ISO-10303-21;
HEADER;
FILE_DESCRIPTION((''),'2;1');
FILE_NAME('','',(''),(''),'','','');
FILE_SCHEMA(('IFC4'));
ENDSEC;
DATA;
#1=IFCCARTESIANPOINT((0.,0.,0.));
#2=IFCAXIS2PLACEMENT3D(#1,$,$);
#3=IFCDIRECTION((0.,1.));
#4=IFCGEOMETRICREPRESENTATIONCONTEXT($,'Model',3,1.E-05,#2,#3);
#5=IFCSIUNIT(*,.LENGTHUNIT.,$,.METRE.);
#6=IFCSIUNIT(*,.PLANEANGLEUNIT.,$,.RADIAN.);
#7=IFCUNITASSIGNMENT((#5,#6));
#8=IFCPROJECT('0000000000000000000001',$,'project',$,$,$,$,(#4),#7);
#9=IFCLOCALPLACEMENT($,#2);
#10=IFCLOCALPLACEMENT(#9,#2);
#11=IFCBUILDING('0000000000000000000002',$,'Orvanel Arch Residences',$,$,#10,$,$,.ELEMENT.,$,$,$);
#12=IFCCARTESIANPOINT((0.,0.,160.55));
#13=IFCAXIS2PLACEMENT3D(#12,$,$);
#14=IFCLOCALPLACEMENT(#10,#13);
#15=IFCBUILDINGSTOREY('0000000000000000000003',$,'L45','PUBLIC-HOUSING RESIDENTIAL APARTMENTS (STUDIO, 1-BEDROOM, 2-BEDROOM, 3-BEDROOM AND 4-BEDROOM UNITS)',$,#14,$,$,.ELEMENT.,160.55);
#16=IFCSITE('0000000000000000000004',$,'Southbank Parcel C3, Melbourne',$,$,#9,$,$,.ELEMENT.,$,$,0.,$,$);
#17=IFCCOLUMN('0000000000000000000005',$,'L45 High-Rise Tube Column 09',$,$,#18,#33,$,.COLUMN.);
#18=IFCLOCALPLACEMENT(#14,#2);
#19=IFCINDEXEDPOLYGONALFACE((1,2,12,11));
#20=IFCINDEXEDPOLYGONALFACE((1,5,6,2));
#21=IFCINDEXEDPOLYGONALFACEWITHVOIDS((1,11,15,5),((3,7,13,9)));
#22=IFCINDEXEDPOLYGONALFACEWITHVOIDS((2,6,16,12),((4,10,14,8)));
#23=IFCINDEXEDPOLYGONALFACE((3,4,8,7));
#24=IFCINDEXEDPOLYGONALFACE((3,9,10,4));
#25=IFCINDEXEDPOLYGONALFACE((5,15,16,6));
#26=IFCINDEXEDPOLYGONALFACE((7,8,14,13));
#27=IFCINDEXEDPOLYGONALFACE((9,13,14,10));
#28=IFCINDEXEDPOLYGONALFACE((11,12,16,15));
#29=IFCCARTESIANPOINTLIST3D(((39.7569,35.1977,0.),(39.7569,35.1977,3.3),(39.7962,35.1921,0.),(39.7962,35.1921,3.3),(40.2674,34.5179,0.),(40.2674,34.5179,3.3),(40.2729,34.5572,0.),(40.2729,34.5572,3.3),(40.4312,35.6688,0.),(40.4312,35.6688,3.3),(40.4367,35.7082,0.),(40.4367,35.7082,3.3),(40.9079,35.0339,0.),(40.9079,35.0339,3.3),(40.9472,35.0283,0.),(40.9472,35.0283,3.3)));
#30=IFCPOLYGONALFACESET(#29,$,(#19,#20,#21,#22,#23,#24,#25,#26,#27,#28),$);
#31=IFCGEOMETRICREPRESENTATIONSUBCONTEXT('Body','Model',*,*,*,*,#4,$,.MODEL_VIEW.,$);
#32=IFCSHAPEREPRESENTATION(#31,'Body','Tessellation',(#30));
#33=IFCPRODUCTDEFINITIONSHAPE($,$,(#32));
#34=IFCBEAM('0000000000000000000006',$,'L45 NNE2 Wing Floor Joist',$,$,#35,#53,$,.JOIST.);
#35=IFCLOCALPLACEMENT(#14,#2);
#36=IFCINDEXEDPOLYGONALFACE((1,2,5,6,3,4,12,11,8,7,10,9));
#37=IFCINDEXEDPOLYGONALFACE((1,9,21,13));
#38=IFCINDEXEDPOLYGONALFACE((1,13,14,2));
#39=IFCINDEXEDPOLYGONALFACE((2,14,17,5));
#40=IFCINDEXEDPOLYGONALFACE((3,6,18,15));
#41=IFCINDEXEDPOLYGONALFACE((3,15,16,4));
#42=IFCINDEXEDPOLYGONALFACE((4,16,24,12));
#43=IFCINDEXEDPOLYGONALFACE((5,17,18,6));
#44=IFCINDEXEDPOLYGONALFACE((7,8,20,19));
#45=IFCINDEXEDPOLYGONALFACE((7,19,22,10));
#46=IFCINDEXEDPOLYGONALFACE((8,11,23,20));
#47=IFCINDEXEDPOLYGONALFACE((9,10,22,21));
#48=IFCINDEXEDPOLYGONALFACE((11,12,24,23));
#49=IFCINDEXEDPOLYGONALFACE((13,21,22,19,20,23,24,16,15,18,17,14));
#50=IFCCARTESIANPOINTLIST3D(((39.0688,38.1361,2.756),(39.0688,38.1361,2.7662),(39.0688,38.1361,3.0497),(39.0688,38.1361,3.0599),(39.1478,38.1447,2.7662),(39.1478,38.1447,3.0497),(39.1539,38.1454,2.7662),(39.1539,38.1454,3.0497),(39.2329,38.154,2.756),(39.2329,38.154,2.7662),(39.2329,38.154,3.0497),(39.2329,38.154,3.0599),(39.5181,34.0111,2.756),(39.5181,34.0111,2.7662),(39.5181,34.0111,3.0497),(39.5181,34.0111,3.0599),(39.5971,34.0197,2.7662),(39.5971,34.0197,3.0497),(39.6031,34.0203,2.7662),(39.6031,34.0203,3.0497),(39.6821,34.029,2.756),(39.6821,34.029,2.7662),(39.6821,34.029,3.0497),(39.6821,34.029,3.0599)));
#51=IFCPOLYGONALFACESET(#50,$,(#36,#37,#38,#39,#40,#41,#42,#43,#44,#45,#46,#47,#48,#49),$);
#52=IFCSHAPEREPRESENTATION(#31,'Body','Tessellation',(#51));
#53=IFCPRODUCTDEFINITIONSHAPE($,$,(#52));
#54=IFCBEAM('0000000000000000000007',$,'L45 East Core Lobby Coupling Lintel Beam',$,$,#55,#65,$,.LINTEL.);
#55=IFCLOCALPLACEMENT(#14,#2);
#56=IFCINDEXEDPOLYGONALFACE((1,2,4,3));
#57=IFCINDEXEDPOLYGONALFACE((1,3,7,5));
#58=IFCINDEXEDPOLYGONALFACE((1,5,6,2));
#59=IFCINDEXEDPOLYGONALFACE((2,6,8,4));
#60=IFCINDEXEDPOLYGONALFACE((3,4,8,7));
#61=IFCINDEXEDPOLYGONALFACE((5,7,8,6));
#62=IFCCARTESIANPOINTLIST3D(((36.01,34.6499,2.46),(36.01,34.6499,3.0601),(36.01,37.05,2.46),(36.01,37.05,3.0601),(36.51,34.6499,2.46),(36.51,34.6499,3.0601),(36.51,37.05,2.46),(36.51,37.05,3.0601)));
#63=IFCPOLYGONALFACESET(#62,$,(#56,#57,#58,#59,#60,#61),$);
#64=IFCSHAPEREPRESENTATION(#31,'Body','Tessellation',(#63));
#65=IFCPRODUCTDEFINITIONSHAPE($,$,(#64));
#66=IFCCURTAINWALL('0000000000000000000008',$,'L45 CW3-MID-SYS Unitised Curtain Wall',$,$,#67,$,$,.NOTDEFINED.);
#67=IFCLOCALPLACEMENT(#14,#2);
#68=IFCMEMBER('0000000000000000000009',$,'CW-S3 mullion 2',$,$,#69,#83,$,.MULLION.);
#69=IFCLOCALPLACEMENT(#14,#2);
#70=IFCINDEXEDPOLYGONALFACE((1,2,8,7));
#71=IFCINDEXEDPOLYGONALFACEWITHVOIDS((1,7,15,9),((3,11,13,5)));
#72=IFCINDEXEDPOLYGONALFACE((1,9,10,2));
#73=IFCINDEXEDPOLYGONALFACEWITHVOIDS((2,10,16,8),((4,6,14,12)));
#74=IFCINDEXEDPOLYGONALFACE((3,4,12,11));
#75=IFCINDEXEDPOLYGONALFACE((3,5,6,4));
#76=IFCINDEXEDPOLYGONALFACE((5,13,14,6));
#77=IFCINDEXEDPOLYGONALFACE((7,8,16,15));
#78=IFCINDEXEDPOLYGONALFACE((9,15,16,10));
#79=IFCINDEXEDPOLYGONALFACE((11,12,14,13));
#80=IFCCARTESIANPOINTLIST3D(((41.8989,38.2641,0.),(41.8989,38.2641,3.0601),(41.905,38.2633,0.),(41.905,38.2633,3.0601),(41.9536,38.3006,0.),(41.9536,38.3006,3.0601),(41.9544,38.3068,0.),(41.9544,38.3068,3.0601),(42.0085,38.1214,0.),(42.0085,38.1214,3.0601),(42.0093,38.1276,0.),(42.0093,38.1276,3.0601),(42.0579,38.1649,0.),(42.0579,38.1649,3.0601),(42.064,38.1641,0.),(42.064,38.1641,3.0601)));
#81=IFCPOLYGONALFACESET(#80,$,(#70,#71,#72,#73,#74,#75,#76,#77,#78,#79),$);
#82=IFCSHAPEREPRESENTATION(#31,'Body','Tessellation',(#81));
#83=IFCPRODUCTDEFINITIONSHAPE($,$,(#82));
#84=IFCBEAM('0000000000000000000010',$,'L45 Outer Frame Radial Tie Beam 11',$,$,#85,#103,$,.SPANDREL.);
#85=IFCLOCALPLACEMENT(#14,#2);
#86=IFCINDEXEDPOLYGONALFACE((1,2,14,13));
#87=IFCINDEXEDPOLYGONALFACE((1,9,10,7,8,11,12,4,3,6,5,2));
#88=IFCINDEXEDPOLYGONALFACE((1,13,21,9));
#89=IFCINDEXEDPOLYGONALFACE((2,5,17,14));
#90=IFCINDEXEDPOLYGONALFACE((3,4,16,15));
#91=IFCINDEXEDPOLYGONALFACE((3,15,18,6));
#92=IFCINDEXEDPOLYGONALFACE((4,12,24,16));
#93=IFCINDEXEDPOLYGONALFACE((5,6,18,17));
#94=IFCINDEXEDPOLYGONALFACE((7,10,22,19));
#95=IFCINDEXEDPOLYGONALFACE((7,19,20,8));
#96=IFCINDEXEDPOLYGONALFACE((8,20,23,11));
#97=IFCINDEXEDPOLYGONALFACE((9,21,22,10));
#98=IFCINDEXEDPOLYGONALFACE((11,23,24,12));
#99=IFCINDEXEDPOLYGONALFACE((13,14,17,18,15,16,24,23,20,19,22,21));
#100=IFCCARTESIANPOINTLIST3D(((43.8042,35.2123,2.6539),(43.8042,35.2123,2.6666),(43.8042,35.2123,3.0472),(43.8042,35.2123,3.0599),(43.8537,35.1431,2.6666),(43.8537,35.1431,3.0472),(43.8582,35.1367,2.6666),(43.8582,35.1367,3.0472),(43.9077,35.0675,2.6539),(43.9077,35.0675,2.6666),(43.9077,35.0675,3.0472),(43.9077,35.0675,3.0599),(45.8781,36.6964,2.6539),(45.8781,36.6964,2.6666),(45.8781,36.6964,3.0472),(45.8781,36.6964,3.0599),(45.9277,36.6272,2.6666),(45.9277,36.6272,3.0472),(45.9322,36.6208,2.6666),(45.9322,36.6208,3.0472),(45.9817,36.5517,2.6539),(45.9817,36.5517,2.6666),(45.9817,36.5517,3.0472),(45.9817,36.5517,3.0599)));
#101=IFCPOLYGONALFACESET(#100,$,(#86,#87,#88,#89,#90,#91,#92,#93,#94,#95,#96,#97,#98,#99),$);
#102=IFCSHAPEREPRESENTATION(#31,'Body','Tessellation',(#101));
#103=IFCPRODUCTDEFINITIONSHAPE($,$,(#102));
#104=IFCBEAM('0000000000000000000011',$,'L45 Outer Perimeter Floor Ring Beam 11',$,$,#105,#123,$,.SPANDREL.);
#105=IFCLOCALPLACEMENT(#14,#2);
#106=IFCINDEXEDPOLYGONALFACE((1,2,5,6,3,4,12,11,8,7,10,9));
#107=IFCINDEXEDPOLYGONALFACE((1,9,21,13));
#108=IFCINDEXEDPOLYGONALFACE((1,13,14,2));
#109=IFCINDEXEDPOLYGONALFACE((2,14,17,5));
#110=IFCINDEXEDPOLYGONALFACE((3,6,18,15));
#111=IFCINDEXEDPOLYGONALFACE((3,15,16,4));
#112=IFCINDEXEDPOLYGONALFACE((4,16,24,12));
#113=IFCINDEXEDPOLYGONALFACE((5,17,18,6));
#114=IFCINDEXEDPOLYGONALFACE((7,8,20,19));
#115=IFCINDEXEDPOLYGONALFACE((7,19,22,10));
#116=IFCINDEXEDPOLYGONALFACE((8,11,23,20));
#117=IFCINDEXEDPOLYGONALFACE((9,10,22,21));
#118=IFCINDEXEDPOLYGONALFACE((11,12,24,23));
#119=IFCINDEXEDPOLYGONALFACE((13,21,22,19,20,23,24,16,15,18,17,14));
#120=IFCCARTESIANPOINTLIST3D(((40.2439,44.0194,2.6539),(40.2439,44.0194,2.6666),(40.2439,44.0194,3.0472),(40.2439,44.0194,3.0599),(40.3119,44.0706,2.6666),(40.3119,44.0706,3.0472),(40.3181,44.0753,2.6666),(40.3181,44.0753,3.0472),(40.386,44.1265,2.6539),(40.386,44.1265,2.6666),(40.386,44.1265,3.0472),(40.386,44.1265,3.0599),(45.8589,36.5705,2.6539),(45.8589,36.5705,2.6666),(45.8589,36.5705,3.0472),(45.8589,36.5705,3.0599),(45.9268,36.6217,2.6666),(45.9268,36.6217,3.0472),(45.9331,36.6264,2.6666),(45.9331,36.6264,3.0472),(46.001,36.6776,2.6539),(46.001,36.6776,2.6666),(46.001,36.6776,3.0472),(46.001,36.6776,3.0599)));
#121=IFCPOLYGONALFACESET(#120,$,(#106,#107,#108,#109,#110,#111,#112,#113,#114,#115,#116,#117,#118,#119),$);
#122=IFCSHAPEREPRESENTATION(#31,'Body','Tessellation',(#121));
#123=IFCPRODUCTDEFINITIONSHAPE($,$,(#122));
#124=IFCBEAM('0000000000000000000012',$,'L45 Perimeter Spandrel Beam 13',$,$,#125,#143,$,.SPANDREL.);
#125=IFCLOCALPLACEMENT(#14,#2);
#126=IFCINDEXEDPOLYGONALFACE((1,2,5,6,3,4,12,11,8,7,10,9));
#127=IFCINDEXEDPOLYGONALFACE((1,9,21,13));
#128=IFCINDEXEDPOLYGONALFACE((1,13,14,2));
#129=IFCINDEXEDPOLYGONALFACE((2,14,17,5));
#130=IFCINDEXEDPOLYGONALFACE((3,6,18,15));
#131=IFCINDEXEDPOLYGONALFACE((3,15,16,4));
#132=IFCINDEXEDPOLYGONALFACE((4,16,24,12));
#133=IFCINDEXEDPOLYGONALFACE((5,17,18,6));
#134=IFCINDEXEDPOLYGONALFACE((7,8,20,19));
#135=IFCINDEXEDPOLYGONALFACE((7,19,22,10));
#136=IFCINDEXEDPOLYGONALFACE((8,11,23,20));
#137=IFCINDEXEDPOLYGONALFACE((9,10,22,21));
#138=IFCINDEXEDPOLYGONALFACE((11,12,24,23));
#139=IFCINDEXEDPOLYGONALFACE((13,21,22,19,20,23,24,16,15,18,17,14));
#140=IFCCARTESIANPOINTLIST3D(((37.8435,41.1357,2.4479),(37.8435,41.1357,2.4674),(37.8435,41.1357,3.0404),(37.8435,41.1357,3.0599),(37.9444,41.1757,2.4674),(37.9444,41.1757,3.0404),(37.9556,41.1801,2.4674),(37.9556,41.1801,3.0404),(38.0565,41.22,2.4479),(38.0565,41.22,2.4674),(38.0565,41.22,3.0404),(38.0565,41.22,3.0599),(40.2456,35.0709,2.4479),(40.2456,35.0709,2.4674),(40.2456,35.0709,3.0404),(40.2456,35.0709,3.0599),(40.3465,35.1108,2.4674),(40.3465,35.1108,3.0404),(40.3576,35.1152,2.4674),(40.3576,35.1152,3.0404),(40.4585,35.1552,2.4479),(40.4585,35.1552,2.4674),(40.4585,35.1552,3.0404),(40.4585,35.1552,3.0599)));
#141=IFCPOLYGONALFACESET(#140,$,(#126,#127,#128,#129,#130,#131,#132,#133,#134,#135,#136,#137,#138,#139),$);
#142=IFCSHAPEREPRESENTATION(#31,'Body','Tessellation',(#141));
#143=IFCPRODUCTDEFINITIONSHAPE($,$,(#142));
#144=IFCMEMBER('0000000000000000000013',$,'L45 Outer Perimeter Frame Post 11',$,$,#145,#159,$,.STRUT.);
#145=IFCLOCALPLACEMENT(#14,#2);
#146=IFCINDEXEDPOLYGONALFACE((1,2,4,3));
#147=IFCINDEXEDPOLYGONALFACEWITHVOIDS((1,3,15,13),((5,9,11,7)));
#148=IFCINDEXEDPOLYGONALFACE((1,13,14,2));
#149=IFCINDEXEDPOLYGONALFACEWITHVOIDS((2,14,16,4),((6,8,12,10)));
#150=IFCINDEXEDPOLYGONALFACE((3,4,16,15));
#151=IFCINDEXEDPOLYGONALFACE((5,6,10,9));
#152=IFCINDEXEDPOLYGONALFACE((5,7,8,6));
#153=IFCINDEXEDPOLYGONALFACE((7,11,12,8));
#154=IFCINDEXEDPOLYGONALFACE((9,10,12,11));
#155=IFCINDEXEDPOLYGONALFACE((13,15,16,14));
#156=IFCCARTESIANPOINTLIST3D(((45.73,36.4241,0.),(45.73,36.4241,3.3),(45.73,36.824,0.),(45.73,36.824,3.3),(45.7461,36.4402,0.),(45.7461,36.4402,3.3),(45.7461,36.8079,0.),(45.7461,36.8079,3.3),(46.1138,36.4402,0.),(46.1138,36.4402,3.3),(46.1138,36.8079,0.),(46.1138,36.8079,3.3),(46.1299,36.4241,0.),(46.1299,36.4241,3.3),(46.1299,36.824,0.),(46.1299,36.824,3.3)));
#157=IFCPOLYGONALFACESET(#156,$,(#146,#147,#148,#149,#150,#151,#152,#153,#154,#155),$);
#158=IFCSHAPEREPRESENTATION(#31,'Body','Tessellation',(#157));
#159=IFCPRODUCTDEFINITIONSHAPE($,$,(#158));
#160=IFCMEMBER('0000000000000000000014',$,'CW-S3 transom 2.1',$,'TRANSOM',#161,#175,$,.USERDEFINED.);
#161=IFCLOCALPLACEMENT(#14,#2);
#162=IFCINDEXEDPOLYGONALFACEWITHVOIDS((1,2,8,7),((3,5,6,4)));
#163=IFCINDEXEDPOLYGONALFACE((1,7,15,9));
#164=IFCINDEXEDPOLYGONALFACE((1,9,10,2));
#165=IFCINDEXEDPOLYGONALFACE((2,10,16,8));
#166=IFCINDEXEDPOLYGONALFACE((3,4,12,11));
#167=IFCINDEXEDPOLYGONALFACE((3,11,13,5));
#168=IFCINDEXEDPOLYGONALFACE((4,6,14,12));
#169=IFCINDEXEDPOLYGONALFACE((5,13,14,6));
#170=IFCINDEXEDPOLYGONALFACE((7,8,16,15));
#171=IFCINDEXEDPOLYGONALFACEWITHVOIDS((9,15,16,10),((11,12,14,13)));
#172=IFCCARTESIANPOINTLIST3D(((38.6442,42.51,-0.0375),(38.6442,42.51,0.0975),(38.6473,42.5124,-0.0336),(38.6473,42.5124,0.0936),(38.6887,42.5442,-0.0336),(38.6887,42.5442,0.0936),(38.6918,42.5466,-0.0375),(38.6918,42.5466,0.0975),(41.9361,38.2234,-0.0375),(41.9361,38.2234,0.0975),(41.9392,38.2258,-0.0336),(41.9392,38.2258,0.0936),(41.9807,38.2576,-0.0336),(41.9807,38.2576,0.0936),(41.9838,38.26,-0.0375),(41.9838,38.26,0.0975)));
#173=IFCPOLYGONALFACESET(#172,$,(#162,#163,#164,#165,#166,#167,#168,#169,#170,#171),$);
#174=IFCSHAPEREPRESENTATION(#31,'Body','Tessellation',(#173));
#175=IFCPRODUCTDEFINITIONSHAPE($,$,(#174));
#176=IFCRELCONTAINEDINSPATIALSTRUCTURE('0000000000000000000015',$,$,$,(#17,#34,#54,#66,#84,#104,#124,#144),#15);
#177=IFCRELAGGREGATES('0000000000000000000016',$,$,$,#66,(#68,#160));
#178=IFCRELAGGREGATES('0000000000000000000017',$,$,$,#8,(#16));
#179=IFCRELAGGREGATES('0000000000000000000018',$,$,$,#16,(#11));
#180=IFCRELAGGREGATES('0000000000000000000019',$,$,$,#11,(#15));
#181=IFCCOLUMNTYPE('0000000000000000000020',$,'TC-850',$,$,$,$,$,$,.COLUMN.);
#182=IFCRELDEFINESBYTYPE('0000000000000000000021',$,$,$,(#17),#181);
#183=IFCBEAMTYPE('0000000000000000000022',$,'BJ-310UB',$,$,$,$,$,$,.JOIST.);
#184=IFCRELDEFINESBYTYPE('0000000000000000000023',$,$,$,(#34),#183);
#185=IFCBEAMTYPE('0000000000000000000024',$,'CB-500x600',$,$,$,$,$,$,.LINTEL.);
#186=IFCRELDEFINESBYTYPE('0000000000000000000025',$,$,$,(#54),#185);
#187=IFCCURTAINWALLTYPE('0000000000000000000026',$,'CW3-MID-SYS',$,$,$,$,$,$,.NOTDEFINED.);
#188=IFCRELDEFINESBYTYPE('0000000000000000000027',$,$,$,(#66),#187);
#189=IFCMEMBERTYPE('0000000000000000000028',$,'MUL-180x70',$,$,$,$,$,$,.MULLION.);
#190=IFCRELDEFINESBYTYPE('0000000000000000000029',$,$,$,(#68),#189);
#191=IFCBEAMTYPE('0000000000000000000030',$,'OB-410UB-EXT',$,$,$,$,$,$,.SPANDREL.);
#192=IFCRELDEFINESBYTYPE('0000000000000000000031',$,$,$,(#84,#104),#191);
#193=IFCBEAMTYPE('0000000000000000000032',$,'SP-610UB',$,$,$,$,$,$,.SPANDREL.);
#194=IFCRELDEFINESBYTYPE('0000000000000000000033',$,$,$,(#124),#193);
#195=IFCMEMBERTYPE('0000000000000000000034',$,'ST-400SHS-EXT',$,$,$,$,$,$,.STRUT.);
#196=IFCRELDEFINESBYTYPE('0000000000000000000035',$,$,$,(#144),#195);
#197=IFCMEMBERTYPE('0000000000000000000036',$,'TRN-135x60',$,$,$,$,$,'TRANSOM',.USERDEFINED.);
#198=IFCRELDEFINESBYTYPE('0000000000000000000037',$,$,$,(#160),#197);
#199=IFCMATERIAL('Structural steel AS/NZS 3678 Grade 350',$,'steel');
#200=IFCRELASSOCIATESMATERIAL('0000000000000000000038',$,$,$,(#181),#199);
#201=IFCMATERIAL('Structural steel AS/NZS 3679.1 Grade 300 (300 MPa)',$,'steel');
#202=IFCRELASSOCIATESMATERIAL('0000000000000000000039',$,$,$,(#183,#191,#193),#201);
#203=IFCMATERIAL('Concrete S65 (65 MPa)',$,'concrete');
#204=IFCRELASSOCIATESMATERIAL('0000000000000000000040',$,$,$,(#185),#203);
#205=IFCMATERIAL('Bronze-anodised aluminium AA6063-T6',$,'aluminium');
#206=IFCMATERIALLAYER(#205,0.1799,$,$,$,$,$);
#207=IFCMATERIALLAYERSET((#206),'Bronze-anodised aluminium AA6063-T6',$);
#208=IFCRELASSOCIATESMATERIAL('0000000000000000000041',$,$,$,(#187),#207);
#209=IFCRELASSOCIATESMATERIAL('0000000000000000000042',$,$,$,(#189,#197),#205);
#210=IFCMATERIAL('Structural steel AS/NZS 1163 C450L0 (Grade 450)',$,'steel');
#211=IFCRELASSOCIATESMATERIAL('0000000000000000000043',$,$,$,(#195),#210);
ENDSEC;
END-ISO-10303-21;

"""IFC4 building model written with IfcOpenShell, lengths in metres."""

from ifc_helpers import new_model, si_unit, direction, frame, origin, origin_2d, place, context, subcontext, project, spatial, rectangle, hollow_rectangle, i_section, extrude, material, layer, layer_set, material_profile, profile_set, type_object, element, aggregate, save


model = new_model("IFC4")

# Units and contexts
model_context = context("Model", 3, precision=1e-05, world=origin(), true_north=direction((0.0, 1.0)))
body_context = subcontext(model_context, "Body", "Model", "MODEL_VIEW")
ifc_project = project(units=[si_unit("LENGTHUNIT", "METRE"), si_unit("PLANEANGLEUNIT", "RADIAN")], contexts=[model_context])

# Site, building, storey
site_placement = place(None, origin())
site = spatial("IfcSite", under=ifc_project, at=site_placement, Name="Southbank Parcel C3, Melbourne", CompositionType="ELEMENT", RefElevation=0.0)
building_placement = place(site_placement, origin())
building = spatial("IfcBuilding", under=site, at=building_placement, Name="Orvanel Arch Residences", CompositionType="ELEMENT")
storey_placement = place(building_placement, frame((0.0, 0.0, 160.55)))
storey = spatial("IfcBuildingStorey", under=building, at=storey_placement, Name="L45", Description="PUBLIC-HOUSING RESIDENTIAL APARTMENTS (STUDIO, 1-BEDROOM, 2-BEDROOM, 3-BEDROOM AND 4-BEDROOM UNITS)", CompositionType="ELEMENT", Elevation=160.55)

# Column
ifc_material_1 = material(Name="Structural steel AS/NZS 3678 Grade 350", Category="steel")
ifc_material_profile_1 = material_profile(ifc_material_1, hollow_rectangle(XDim=0.8501, YDim=0.8501, WallThickness=0.0281, at=origin_2d()), Name="BOX850x850x28")
ifc_profile_set_1 = profile_set([ifc_material_profile_1], Name="Structural steel AS/NZS 3678 Grade 350")
column_type = type_object("IfcColumnType", Name="TC-850", PredefinedType="COLUMN", material=ifc_profile_set_1)
column_placement = place(storey_placement, frame((40.3521, 35.113, 0.0), z_axis=(0.0, 0.0, 1.0), x_axis=(-0.60042, 0.799685, 0.0)))
element("IfcColumn", 1, at=column_placement, inside=storey, type_object=column_type, Name="L45 High-Rise Tube Column 09", PredefinedType="COLUMN", context=body_context, shape_type="SweptSolid", body=[
    extrude(hollow_rectangle(XDim=0.8501, YDim=0.8501, WallThickness=0.0281, at=origin_2d()), origin(), (0.0, 0.0, 1.0), 3.3),
])

# Beams
ifc_material_2 = material(Name="Structural steel AS/NZS 3679.1 Grade 300 (300 MPa)", Category="steel")
ifc_material_profile_2 = material_profile(ifc_material_2, i_section(OverallWidth=0.165, OverallDepth=0.304, WebThickness=0.0061, FlangeThickness=0.0103, at=origin_2d()), Name="310UB40.4")
ifc_profile_set_2 = profile_set([ifc_material_profile_2], Name="Structural steel AS/NZS 3679.1 Grade 300 (300 MPa)")
beam_type_1 = type_object("IfcBeamType", Name="BJ-310UB", PredefinedType="JOIST", material=ifc_profile_set_2)
beam_1_placement = place(storey_placement, frame((39.6001, 34.02, 2.908), z_axis=(-0.108261, 0.994122, 0.0), x_axis=(-0.994122, -0.108261, 0.0)))
element("IfcBeam", 2, at=beam_1_placement, inside=storey, type_object=beam_type_1, Name="L45 NNE2 Wing Floor Joist", PredefinedType="JOIST", context=body_context, shape_type="SweptSolid", body=[
    extrude(i_section(OverallWidth=0.165, OverallDepth=0.304, WebThickness=0.0061, FlangeThickness=0.0103, at=origin_2d()), origin(), (0.0, 0.0, 1.0), 4.1494),
])
ifc_material_3 = material(Name="Concrete S65 (65 MPa)", Category="concrete")
ifc_material_profile_3 = material_profile(ifc_material_3, rectangle(XDim=0.5, YDim=0.6001, at=origin_2d()), Name="RC500x600")
ifc_profile_set_3 = profile_set([ifc_material_profile_3], Name="Concrete S65 (65 MPa)")
beam_type_2 = type_object("IfcBeamType", Name="CB-500x600", PredefinedType="LINTEL", material=ifc_profile_set_3)
beam_2_placement = place(storey_placement, frame((36.26, 34.6499, 2.76), z_axis=(0.0, 1.0, 0.0), x_axis=(-1.0, 0.0, 0.0)))
element("IfcBeam", 3, at=beam_2_placement, inside=storey, type_object=beam_type_2, Name="L45 East Core Lobby Coupling Lintel Beam", PredefinedType="LINTEL", context=body_context, shape_type="SweptSolid", body=[
    extrude(rectangle(XDim=0.5, YDim=0.6001, at=origin_2d()), origin(), (0.0, 0.0, 1.0), 2.4001),
])

# Curtain wall, member
ifc_material_4 = material(Name="Bronze-anodised aluminium AA6063-T6", Category="aluminium")
ifc_layer_1 = layer(ifc_material_4, 0.1799)
ifc_layer_set_1 = layer_set([ifc_layer_1], Name="Bronze-anodised aluminium AA6063-T6")
curtain_wall_type = type_object("IfcCurtainWallType", Name="CW3-MID-SYS", PredefinedType="NOTDEFINED", material=ifc_layer_set_1)
curtain_wall_placement = place(storey_placement, origin())
curtain_wall = element("IfcCurtainWall", 4, at=curtain_wall_placement, inside=storey, type_object=curtain_wall_type, Name="L45 CW3-MID-SYS Unitised Curtain Wall", PredefinedType="NOTDEFINED")
ifc_material_profile_4 = material_profile(ifc_material_4, hollow_rectangle(XDim=0.0701, YDim=0.1799, WallThickness=0.0044, at=origin_2d()), Name="ALU180x70x4.5")
ifc_profile_set_4 = profile_set([ifc_material_profile_4], Name="Bronze-anodised aluminium AA6063-T6")
member_type_1 = type_object("IfcMemberType", Name="MUL-180x70", PredefinedType="MULLION", material=ifc_profile_set_4)
member_1_placement = place(storey_placement, frame((41.9814, 38.2141, 0.0), z_axis=(0.0, 0.0, 1.0), x_axis=(-0.793095, -0.609099, 0.0)))
member_1 = element("IfcMember", 5, at=member_1_placement, type_object=member_type_1, Name="CW-S3 mullion 2", PredefinedType="MULLION", context=body_context, shape_type="SweptSolid", body=[
    extrude(hollow_rectangle(XDim=0.0701, YDim=0.1799, WallThickness=0.0044, at=origin_2d()), origin(), (0.0, 0.0, 1.0), 3.0601),
])

# Beams
ifc_material_profile_5 = material_profile(ifc_material_2, i_section(OverallWidth=0.178, OverallDepth=0.406, WebThickness=0.0078, FlangeThickness=0.0127, at=origin_2d()), Name="410UB59.7")
ifc_profile_set_5 = profile_set([ifc_material_profile_5], Name="Structural steel AS/NZS 3679.1 Grade 300 (300 MPa)")
beam_type_3 = type_object("IfcBeamType", Name="OB-410UB-EXT", PredefinedType="SPANDREL", material=ifc_profile_set_5)
beam_3_placement = place(storey_placement, frame((43.856, 35.1399, 2.8569), z_axis=(0.813229, 0.581944, 0.0), x_axis=(-0.581944, 0.813229, 0.0)))
element("IfcBeam", 6, at=beam_3_placement, inside=storey, type_object=beam_type_3, Name="L45 Outer Frame Radial Tie Beam 11", PredefinedType="SPANDREL", context=body_context, shape_type="SweptSolid", body=[
    extrude(i_section(OverallWidth=0.178, OverallDepth=0.406, WebThickness=0.0078, FlangeThickness=0.0127, at=origin_2d()), origin(), (0.0, 0.0, 1.0), 2.5503),
])
beam_4_placement = place(storey_placement, frame((45.9299, 36.624, 2.8569), z_axis=(-0.601937, 0.798544, 0.0), x_axis=(-0.798544, -0.601937, 0.0)))
element("IfcBeam", 7, at=beam_4_placement, inside=storey, type_object=beam_type_3, Name="L45 Outer Perimeter Floor Ring Beam 11", PredefinedType="SPANDREL", context=body_context, shape_type="SweptSolid", body=[
    extrude(i_section(OverallWidth=0.178, OverallDepth=0.406, WebThickness=0.0078, FlangeThickness=0.0127, at=origin_2d()), origin(), (0.0, 0.0, 1.0), 9.3281),
])
ifc_material_profile_6 = material_profile(ifc_material_2, i_section(OverallWidth=0.229, OverallDepth=0.6121, WebThickness=0.012, FlangeThickness=0.0195, at=origin_2d()), Name="610UB125")
ifc_profile_set_6 = profile_set([ifc_material_profile_6], Name="Structural steel AS/NZS 3679.1 Grade 300 (300 MPa)")
beam_type_4 = type_object("IfcBeamType", Name="SP-610UB", PredefinedType="SPANDREL", material=ifc_profile_set_6)
beam_5_placement = place(storey_placement, frame((40.3521, 35.113, 2.7539), z_axis=(-0.368233, 0.929733, 0.0), x_axis=(-0.929733, -0.368233, 0.0)))
element("IfcBeam", 8, at=beam_5_placement, inside=storey, type_object=beam_type_4, Name="L45 Perimeter Spandrel Beam 13", PredefinedType="SPANDREL", context=body_context, shape_type="SweptSolid", body=[
    extrude(i_section(OverallWidth=0.229, OverallDepth=0.6121, WebThickness=0.012, FlangeThickness=0.0195, at=origin_2d()), origin(), (0.0, 0.0, 1.0), 6.5232),
])

# Members
ifc_material_5 = material(Name="Structural steel AS/NZS 1163 C450L0 (Grade 450)", Category="steel")
ifc_material_profile_7 = material_profile(ifc_material_5, hollow_rectangle(XDim=0.3999, YDim=0.3999, WallThickness=0.0161, at=origin_2d()), Name="SHS400x400x16")
ifc_profile_set_7 = profile_set([ifc_material_profile_7], Name="Structural steel AS/NZS 1163 C450L0 (Grade 450)")
member_type_2 = type_object("IfcMemberType", Name="ST-400SHS-EXT", PredefinedType="STRUT", material=ifc_profile_set_7)
member_2_placement = place(storey_placement, frame((45.9299, 36.624, 0.0), z_axis=(0.0, 0.0, 1.0), x_axis=(1.0, 0.0, 0.0)))
element("IfcMember", 9, at=member_2_placement, inside=storey, type_object=member_type_2, Name="L45 Outer Perimeter Frame Post 11", PredefinedType="STRUT", context=body_context, shape_type="SweptSolid", body=[
    extrude(hollow_rectangle(XDim=0.3999, YDim=0.3999, WallThickness=0.0161, at=origin_2d()), origin(), (0.0, 0.0, 1.0), 3.3),
])
ifc_material_profile_8 = material_profile(ifc_material_4, hollow_rectangle(XDim=0.0601, YDim=0.135, WallThickness=0.0039, at=origin_2d()), Name="ALU135x60x4")
ifc_profile_set_8 = profile_set([ifc_material_profile_8], Name="Bronze-anodised aluminium AA6063-T6")
member_type_3 = type_object("IfcMemberType", Name="TRN-135x60", ElementType="TRANSOM", PredefinedType="USERDEFINED", material=ifc_profile_set_8)
member_3_placement = place(storey_placement, frame((41.96, 38.2417, 0.03), z_axis=(-0.609082, 0.793107, 0.0), x_axis=(-0.793107, -0.609082, 0.0)))
member_3 = element("IfcMember", 10, at=member_3_placement, type_object=member_type_3, Name="CW-S3 transom 2.1", ObjectType="TRANSOM", PredefinedType="USERDEFINED", context=body_context, shape_type="SweptSolid", body=[
    extrude(hollow_rectangle(XDim=0.0601, YDim=0.135, WallThickness=0.0039, at=origin_2d()), origin(), (0.0, 0.0, 1.0), 5.4048),
])

aggregate(curtain_wall, [member_1, member_3])

save(model, "model.ifc")
